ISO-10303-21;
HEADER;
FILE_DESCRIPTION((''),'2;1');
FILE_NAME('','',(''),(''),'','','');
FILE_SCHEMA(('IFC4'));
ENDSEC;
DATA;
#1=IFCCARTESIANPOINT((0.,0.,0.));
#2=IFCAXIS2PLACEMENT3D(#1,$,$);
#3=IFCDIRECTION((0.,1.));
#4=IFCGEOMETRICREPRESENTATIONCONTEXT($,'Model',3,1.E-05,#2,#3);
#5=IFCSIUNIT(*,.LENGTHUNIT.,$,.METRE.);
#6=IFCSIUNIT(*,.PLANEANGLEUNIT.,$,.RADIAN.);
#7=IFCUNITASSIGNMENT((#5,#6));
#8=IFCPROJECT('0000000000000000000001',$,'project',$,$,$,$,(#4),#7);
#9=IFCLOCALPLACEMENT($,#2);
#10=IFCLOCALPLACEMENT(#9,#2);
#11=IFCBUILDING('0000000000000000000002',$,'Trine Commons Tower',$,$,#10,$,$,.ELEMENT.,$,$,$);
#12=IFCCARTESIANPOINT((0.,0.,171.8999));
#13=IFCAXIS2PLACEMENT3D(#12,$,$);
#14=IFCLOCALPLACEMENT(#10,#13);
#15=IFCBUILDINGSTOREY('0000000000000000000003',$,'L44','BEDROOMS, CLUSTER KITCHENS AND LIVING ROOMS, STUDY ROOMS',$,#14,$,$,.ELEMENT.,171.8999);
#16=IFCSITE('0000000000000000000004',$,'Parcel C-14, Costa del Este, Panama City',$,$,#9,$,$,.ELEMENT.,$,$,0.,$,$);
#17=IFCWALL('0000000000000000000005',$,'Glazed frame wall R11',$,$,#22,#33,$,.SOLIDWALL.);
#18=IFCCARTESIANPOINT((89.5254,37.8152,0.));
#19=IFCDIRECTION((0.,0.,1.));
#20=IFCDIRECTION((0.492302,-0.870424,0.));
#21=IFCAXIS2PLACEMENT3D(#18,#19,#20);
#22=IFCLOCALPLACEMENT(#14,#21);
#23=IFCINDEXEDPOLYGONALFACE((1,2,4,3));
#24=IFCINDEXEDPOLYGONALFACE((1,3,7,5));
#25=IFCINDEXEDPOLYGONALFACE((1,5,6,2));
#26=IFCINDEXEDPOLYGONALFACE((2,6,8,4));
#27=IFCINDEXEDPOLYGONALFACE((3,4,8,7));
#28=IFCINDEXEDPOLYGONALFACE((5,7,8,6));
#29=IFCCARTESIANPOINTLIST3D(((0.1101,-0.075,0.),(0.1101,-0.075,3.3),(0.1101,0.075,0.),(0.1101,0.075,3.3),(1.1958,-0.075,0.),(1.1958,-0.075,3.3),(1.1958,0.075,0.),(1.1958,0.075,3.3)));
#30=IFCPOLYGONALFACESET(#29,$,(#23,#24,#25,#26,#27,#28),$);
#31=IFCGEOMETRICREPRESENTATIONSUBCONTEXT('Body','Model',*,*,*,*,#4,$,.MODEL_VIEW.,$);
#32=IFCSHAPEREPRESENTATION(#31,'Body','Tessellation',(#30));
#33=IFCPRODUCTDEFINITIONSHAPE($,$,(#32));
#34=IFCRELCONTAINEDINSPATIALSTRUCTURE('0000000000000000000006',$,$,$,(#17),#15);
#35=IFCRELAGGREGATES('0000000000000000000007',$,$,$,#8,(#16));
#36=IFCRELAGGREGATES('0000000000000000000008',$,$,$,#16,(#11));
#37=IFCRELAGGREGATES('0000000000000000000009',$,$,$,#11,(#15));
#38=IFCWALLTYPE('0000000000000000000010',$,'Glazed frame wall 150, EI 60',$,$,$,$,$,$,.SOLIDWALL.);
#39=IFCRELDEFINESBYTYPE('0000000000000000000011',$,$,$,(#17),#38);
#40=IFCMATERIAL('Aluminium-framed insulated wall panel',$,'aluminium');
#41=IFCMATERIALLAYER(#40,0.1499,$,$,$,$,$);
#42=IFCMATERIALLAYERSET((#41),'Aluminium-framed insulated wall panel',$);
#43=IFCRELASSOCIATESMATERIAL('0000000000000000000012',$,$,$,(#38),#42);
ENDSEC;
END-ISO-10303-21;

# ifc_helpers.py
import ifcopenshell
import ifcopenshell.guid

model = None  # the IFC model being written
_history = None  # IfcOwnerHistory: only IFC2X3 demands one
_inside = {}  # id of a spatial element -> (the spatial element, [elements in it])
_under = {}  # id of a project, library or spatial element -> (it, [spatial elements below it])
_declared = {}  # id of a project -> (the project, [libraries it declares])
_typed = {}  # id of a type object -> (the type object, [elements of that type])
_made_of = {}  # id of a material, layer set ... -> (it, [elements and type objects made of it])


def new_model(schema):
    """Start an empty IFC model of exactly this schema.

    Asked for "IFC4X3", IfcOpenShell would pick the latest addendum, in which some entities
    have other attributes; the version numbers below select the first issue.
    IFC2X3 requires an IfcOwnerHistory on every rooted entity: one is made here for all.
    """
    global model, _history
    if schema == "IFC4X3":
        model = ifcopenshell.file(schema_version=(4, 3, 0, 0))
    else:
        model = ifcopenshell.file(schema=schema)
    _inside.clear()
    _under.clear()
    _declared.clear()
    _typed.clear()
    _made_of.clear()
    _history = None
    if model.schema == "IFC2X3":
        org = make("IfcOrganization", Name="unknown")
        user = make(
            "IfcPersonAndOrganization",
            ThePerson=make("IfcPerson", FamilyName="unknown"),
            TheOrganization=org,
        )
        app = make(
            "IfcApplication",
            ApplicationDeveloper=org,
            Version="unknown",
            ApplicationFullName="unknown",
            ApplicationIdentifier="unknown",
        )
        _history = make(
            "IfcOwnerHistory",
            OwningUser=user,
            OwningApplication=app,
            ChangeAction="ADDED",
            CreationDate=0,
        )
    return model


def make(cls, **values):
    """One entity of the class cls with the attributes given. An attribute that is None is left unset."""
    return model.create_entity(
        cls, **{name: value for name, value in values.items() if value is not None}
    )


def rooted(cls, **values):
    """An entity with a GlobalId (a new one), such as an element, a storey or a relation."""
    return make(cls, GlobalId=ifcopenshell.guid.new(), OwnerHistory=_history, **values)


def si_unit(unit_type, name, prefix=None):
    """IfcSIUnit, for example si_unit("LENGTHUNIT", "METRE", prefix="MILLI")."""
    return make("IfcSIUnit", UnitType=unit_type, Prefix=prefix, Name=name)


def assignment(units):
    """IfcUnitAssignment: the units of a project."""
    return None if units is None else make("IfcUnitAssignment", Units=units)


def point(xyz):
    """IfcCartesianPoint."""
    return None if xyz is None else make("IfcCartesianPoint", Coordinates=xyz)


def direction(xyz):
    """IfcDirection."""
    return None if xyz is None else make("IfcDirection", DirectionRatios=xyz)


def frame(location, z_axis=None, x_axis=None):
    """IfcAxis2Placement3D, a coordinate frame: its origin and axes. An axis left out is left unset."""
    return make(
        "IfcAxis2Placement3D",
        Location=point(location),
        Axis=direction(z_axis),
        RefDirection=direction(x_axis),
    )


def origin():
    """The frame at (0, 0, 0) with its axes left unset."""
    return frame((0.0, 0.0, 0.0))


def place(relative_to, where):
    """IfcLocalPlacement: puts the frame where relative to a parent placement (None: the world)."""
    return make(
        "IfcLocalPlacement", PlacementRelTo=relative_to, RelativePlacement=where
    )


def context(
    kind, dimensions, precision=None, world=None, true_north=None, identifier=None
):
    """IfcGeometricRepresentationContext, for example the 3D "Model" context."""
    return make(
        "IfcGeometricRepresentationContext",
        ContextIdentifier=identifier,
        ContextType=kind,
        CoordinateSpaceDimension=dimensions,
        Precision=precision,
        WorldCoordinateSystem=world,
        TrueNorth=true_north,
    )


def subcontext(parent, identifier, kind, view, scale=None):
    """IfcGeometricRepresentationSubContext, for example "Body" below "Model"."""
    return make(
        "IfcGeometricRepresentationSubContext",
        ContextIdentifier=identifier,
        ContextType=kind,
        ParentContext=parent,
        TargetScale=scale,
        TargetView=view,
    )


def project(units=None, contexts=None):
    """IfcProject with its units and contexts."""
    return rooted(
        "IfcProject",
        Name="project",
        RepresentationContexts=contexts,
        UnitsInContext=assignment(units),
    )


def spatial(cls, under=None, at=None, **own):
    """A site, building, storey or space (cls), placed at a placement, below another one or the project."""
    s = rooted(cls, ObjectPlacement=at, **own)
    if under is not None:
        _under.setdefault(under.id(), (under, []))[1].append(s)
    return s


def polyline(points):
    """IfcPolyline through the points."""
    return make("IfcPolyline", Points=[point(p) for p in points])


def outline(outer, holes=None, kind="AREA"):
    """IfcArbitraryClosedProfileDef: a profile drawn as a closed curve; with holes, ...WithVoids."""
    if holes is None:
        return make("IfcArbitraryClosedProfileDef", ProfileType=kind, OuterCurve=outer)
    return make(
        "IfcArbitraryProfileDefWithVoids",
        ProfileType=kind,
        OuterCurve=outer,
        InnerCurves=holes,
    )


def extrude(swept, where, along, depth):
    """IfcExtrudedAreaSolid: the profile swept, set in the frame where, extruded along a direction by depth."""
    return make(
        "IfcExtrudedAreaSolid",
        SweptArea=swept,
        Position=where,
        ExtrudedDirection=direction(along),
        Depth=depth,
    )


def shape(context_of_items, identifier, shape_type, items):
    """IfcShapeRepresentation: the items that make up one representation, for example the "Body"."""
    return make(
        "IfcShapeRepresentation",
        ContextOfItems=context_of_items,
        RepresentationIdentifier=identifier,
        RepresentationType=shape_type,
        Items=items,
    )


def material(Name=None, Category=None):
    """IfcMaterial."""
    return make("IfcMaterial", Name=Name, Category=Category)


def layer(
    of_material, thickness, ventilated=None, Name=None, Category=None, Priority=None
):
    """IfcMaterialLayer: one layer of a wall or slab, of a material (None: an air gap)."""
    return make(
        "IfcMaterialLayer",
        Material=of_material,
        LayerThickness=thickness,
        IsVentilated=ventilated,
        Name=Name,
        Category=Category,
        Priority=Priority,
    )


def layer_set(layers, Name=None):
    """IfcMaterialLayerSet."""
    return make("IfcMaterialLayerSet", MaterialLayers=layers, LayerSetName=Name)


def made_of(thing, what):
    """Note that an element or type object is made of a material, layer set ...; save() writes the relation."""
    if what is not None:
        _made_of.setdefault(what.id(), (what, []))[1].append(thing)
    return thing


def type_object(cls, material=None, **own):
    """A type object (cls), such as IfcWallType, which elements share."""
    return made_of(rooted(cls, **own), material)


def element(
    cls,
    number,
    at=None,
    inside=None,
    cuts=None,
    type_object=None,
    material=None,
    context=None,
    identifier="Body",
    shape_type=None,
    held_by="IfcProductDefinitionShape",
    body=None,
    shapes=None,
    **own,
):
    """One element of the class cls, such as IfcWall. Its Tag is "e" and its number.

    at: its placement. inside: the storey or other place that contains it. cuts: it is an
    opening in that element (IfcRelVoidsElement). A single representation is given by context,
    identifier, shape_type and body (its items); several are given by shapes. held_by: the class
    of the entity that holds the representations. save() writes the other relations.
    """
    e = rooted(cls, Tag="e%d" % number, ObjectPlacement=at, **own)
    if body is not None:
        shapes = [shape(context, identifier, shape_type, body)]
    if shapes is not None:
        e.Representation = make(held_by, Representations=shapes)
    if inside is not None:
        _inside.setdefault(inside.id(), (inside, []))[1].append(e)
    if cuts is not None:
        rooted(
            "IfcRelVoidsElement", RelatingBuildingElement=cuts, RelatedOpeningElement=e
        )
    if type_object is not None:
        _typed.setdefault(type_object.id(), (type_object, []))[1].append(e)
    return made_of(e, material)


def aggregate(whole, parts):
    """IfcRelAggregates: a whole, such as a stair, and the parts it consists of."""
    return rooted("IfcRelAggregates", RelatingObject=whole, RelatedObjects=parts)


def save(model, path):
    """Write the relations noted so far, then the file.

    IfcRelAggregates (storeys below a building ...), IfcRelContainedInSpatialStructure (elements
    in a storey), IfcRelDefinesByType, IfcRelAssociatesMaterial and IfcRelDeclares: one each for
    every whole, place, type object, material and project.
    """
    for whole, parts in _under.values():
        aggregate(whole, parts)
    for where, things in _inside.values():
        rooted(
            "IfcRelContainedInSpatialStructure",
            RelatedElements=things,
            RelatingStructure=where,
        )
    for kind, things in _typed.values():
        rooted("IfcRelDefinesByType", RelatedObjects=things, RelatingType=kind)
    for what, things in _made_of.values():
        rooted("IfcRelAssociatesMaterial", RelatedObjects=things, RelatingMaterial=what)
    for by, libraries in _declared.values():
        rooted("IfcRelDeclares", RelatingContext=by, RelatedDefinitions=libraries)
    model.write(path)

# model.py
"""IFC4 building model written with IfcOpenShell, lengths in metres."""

from ifc_helpers import new_model, si_unit, direction, frame, origin, place, context, subcontext, project, spatial, polyline, outline, extrude, material, layer, layer_set, type_object, element, save


model = new_model("IFC4")

# Units and contexts
model_context = context("Model", 3, precision=1e-05, world=origin(), true_north=direction((0.0, 1.0)))
body_context = subcontext(model_context, "Body", "Model", "MODEL_VIEW")
ifc_project = project(units=[si_unit("LENGTHUNIT", "METRE"), si_unit("PLANEANGLEUNIT", "RADIAN")], contexts=[model_context])

# Site, building, storey
site_placement = place(None, origin())
site = spatial("IfcSite", under=ifc_project, at=site_placement, Name="Parcel C-14, Costa del Este, Panama City", CompositionType="ELEMENT", RefElevation=0.0)
building_placement = place(site_placement, origin())
building = spatial("IfcBuilding", under=site, at=building_placement, Name="Trine Commons Tower", CompositionType="ELEMENT")
storey_placement = place(building_placement, frame((0.0, 0.0, 171.8999)))
storey = spatial("IfcBuildingStorey", under=building, at=storey_placement, Name="L44", Description="BEDROOMS, CLUSTER KITCHENS AND LIVING ROOMS, STUDY ROOMS", CompositionType="ELEMENT", Elevation=171.8999)

# Wall
ifc_material_1 = material(Name="Aluminium-framed insulated wall panel", Category="aluminium")
ifc_layer_1 = layer(ifc_material_1, 0.1499)
ifc_layer_set_1 = layer_set([ifc_layer_1], Name="Aluminium-framed insulated wall panel")
wall_type_1 = type_object("IfcWallType", Name="Glazed frame wall 150, EI 60", PredefinedType="SOLIDWALL", material=ifc_layer_set_1)
wall_1_placement = place(storey_placement, frame((89.5254, 37.8152, 0.0), z_axis=(0.0, 0.0, 1.0), x_axis=(0.492302, -0.870424, 0.0)))
element("IfcWall", 1, at=wall_1_placement, inside=storey, type_object=wall_type_1, Name="Glazed frame wall R11", PredefinedType="SOLIDWALL", context=body_context, shape_type="SweptSolid", body=[
    extrude(outline(polyline([(0.1101, 0.075), (0.1101, -0.075), (1.1958, -0.075), (1.1958, 0.075), (0.1101, 0.075)])), origin(), (0.0, 0.0, 1.0), 3.3),
])

save(model, "model.ifc")
